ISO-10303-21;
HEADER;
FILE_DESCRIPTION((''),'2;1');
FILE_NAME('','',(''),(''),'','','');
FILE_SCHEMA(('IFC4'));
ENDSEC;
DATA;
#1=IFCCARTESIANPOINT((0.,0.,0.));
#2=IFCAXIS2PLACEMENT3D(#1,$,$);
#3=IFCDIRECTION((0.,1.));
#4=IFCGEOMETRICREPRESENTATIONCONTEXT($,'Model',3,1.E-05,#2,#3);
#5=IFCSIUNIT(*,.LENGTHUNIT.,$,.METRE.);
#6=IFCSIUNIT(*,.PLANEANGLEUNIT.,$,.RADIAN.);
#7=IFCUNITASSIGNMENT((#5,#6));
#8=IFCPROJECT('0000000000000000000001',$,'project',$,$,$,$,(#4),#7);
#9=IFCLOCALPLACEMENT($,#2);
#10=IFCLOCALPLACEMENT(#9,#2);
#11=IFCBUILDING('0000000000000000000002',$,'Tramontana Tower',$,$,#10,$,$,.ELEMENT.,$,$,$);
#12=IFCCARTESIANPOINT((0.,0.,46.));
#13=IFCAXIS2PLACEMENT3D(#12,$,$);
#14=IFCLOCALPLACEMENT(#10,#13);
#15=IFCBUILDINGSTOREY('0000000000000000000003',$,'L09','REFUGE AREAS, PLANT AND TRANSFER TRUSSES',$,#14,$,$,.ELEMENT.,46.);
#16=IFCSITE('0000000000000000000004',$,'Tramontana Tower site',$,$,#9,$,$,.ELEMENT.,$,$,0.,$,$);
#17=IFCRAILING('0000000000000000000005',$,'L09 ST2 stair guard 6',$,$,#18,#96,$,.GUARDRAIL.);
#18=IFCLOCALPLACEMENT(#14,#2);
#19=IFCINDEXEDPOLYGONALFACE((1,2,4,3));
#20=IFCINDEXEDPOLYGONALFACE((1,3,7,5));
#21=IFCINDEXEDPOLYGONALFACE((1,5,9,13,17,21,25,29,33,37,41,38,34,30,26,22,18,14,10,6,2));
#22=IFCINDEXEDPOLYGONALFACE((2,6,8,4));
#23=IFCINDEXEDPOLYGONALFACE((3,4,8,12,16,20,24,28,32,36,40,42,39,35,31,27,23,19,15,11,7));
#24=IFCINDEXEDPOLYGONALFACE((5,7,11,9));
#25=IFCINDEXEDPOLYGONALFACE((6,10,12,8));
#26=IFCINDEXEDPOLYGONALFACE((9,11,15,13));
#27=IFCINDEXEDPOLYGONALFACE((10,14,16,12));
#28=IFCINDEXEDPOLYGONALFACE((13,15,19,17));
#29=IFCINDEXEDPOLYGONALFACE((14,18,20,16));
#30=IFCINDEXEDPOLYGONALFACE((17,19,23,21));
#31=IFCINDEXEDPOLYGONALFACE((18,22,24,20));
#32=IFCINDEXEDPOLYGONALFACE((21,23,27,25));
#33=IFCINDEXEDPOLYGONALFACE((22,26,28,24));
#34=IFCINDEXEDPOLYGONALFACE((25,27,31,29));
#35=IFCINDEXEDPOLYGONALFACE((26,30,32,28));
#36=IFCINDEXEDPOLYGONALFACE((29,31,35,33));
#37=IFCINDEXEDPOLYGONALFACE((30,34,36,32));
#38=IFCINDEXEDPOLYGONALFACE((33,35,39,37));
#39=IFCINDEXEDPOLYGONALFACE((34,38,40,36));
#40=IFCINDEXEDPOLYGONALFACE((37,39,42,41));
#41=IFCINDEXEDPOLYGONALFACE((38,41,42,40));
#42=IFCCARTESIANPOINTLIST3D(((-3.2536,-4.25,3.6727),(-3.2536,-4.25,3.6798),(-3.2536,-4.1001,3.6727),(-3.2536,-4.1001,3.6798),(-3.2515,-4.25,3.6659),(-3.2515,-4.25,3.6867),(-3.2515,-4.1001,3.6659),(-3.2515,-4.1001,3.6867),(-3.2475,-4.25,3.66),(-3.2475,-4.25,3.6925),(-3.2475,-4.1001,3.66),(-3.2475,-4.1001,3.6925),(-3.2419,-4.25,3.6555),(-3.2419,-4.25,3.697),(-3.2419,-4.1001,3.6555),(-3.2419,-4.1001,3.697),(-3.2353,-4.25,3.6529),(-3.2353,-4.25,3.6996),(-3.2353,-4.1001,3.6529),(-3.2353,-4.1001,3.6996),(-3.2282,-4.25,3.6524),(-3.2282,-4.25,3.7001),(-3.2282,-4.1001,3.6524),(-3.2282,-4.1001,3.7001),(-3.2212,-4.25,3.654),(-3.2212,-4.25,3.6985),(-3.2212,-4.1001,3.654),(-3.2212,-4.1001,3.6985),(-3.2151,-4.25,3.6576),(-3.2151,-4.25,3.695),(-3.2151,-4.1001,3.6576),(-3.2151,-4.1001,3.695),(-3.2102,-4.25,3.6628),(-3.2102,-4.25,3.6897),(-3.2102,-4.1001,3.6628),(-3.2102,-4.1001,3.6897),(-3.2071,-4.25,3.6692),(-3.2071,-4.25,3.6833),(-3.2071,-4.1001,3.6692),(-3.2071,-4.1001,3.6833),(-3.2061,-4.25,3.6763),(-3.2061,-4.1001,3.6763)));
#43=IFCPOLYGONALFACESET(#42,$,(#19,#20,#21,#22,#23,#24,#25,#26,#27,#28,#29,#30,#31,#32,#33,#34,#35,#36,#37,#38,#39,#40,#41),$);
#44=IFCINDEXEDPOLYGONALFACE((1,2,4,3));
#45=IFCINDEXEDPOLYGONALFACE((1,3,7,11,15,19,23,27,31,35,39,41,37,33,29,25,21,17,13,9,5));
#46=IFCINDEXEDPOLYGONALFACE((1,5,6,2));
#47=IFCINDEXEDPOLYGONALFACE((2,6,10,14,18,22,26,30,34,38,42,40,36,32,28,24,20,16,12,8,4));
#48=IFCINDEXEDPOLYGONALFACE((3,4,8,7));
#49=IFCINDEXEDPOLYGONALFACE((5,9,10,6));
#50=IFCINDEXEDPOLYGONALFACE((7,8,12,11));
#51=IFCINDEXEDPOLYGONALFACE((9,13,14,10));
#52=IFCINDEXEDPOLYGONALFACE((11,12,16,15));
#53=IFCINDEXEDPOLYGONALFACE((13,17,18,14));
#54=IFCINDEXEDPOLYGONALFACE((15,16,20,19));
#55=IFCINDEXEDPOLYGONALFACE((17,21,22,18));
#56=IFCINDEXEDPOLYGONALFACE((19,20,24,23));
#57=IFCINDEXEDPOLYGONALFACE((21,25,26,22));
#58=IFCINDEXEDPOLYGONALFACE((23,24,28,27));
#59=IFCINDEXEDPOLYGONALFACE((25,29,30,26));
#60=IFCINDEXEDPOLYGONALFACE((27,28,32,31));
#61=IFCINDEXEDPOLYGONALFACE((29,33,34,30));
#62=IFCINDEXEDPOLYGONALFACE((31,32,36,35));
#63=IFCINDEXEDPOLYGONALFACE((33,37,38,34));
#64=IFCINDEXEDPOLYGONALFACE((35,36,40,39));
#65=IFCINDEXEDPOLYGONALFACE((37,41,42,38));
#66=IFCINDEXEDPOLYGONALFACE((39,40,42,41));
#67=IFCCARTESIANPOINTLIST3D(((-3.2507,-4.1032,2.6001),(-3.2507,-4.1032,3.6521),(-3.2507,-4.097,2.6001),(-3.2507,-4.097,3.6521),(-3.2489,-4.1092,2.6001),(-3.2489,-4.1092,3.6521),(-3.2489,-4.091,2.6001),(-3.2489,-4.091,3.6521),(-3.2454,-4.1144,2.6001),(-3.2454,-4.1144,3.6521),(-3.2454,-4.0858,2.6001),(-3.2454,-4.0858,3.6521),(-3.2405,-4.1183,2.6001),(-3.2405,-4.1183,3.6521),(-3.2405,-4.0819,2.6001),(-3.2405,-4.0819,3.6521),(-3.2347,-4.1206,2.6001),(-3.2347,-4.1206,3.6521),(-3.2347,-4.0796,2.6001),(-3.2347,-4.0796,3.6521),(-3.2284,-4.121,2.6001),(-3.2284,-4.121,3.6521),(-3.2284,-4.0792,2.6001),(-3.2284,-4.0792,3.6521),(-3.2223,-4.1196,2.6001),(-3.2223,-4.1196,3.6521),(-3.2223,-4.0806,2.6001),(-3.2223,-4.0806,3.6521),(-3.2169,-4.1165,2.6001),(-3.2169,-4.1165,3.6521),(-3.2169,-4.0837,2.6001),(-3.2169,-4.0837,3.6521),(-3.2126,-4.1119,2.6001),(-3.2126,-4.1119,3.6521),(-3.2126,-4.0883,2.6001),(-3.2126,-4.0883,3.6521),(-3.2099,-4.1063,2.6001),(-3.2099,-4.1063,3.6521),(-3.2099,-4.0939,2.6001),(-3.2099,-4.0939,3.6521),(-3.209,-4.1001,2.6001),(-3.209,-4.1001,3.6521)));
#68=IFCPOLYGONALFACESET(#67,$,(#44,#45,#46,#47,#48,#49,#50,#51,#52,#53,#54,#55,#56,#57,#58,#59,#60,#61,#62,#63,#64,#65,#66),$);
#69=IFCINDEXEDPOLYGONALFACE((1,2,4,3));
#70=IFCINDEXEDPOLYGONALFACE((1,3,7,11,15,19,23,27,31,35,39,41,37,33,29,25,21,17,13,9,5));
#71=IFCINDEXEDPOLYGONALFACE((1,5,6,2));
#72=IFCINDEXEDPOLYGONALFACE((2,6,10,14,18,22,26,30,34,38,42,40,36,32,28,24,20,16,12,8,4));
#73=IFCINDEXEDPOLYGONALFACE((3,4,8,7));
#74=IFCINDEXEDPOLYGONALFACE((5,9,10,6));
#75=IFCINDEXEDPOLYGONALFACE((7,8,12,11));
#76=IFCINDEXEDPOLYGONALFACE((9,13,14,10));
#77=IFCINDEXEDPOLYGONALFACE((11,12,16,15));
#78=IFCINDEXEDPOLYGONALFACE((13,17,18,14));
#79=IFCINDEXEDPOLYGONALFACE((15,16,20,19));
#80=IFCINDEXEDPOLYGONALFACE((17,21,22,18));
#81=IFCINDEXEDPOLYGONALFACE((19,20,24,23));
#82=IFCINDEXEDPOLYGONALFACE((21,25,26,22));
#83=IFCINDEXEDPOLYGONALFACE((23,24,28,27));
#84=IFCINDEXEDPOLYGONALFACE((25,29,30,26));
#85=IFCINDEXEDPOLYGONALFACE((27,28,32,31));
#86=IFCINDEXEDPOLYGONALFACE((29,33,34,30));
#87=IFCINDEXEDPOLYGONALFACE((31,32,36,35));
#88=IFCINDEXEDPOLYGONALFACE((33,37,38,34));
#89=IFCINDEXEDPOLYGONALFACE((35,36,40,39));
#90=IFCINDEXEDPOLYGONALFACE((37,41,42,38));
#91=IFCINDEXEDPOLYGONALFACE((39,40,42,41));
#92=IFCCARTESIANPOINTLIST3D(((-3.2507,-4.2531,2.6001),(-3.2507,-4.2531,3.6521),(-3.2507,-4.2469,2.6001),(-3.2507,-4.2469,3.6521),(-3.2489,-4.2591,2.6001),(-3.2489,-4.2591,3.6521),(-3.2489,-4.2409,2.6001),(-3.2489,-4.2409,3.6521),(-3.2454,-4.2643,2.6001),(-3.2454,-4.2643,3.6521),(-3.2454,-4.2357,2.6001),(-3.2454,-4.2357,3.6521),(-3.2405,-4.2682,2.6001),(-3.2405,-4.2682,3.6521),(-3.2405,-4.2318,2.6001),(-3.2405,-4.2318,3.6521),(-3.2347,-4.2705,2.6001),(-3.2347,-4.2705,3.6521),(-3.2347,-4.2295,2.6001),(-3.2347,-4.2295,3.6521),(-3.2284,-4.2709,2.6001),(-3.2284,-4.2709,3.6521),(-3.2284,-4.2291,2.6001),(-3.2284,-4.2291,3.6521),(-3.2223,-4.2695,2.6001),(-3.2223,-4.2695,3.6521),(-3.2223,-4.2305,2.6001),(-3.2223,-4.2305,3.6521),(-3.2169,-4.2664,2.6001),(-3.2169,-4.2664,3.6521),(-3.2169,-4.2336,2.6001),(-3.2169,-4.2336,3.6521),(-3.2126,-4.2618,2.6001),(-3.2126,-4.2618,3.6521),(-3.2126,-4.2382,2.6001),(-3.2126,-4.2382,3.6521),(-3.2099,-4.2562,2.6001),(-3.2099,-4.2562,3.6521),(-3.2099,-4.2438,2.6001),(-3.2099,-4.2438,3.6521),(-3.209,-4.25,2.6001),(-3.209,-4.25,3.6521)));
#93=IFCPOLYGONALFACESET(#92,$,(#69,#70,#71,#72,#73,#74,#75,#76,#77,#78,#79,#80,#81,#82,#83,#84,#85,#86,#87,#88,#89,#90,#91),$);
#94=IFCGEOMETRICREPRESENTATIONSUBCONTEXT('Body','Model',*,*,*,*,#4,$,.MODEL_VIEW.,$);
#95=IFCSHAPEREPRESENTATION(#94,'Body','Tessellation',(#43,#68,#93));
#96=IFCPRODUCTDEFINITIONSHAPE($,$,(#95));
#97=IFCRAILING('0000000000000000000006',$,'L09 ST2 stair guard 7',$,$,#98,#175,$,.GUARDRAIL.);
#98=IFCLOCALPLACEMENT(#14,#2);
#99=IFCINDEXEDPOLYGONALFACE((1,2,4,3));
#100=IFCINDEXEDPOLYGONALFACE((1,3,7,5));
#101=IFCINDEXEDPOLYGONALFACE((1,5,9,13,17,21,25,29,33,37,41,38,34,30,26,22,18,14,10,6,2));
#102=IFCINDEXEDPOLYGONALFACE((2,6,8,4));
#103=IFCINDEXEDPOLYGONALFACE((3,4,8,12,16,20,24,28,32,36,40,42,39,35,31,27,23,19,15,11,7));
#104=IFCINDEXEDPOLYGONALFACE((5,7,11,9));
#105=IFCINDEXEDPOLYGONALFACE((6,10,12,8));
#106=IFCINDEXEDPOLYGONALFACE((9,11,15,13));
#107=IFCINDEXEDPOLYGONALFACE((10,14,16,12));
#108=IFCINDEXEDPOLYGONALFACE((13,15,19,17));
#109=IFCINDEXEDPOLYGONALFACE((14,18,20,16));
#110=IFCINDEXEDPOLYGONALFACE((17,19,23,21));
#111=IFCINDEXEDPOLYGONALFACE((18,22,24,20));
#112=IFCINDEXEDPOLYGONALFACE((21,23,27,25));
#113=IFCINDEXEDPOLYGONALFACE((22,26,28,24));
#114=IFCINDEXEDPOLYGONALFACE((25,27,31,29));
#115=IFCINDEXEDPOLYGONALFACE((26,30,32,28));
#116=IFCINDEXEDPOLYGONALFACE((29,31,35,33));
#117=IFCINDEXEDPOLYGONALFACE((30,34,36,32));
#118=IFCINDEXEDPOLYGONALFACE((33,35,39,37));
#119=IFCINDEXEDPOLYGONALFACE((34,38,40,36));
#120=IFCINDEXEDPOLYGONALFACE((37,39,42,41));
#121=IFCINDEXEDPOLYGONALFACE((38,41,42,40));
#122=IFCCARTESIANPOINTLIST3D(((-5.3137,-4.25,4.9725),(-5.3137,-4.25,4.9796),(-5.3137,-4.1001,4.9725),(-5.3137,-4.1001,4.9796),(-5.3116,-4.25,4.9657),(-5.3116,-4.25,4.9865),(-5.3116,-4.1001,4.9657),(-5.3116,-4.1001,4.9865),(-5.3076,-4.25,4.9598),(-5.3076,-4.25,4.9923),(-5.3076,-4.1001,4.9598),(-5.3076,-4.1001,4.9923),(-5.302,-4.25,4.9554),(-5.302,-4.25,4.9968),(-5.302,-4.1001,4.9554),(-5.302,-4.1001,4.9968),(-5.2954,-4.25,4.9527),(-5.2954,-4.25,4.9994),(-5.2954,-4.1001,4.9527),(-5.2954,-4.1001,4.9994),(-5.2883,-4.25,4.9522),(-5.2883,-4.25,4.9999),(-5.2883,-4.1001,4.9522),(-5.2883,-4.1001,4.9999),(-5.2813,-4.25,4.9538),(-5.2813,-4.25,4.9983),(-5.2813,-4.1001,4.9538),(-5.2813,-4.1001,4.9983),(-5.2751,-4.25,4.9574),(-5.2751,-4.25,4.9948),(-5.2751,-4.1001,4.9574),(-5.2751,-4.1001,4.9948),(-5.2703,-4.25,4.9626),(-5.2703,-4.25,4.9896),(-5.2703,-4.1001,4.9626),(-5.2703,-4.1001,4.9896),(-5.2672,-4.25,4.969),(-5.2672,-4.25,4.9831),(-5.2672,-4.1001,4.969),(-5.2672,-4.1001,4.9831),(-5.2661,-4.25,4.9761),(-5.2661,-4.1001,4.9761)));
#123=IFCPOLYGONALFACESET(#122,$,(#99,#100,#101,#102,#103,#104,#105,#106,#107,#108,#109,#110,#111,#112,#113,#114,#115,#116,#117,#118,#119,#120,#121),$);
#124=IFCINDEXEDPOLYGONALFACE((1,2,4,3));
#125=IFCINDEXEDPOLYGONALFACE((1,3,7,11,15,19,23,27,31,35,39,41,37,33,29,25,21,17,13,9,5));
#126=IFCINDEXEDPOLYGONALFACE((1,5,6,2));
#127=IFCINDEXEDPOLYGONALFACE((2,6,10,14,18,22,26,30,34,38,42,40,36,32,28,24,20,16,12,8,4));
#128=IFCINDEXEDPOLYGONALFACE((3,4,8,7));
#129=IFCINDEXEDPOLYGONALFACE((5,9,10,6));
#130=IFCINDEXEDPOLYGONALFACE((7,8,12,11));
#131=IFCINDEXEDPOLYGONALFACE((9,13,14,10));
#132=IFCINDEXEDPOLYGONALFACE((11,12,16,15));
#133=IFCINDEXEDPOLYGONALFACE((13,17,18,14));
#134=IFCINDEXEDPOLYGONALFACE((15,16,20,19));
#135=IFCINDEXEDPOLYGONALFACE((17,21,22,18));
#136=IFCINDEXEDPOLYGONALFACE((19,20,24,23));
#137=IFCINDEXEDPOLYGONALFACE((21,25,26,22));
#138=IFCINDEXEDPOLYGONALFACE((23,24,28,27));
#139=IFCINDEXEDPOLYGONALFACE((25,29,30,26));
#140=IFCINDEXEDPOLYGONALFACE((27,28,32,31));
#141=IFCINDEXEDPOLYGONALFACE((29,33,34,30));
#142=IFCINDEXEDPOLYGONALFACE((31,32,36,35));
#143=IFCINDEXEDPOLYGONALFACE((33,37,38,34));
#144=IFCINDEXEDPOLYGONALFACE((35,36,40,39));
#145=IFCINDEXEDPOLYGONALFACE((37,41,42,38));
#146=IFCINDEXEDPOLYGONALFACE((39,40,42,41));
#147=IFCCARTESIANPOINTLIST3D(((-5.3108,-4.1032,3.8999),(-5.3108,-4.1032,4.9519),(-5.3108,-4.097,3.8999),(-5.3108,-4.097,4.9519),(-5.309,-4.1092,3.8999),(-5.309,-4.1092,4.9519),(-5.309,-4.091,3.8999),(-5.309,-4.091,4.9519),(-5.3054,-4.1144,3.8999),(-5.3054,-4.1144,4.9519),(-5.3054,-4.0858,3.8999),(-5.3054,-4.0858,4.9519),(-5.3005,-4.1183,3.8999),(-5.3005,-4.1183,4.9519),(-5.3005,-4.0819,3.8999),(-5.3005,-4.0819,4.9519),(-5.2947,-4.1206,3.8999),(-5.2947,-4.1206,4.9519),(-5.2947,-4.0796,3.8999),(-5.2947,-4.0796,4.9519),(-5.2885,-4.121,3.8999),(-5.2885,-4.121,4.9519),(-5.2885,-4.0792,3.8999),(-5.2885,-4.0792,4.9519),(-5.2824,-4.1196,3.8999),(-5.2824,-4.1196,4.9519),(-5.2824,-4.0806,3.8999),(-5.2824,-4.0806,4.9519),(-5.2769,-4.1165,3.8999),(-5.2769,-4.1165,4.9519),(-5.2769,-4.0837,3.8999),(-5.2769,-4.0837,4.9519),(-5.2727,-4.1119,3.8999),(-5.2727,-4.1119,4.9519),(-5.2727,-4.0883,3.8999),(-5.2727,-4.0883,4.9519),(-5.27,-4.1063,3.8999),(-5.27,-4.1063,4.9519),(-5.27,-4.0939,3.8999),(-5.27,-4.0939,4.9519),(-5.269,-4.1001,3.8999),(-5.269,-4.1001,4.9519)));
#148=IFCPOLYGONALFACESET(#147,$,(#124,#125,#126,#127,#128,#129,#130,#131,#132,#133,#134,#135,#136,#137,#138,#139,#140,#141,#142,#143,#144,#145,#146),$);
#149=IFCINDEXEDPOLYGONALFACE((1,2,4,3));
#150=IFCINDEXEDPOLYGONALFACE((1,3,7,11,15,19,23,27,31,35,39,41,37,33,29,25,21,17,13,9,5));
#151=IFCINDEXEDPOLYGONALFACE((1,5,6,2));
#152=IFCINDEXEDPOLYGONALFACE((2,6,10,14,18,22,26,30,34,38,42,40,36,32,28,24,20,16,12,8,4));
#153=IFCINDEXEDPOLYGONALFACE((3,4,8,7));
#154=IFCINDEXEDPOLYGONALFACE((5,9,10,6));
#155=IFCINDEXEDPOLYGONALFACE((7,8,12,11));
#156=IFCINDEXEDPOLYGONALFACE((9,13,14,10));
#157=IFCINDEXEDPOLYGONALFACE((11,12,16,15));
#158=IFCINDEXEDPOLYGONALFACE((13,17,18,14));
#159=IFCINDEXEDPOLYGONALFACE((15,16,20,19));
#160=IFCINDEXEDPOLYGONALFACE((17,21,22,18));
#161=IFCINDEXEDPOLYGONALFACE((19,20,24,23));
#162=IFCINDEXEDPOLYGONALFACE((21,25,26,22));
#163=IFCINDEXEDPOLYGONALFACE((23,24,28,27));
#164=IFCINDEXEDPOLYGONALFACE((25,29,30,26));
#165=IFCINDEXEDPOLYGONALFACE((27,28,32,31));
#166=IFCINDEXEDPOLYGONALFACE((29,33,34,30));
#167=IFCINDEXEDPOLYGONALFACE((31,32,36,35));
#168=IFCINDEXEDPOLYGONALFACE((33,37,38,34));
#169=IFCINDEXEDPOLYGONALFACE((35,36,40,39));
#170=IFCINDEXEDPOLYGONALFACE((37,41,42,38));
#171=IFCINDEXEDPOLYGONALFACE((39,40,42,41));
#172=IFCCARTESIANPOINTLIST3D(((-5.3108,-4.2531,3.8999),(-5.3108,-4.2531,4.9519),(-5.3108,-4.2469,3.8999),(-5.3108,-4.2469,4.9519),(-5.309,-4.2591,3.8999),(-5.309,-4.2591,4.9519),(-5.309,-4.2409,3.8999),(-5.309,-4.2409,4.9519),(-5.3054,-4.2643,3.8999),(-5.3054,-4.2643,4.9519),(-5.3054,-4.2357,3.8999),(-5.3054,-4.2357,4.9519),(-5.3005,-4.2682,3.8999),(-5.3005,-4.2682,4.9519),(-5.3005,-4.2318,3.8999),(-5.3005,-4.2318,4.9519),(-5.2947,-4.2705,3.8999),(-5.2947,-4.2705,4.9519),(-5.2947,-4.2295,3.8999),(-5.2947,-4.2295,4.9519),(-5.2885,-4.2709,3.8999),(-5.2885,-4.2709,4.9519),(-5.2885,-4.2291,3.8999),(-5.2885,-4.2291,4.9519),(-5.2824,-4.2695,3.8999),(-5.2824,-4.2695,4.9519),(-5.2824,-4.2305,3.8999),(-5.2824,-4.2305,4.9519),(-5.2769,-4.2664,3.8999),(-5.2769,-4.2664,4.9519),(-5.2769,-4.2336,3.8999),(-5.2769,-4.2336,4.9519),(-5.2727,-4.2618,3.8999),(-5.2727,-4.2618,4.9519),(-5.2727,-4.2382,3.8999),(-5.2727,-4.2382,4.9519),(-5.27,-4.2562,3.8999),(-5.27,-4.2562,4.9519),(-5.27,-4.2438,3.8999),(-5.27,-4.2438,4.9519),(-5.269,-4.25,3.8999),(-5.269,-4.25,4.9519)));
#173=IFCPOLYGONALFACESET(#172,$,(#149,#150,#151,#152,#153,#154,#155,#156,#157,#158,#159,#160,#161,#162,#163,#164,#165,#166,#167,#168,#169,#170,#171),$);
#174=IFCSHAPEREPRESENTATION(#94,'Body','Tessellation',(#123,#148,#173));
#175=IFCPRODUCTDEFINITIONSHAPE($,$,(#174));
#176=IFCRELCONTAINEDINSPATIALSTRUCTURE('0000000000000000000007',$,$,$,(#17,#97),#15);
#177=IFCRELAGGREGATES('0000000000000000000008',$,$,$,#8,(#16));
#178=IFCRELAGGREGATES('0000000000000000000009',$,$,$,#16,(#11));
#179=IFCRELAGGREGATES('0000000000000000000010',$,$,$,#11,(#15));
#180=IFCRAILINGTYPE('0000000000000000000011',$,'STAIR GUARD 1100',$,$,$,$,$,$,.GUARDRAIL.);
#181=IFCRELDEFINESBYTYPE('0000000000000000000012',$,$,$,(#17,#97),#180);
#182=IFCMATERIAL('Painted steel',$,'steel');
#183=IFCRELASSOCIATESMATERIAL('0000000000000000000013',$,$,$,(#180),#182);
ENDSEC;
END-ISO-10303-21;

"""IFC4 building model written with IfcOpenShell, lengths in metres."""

from ifc_helpers import new_model, si_unit, direction, frame, origin, origin_2d, place, context, subcontext, project, spatial, circle, extrude, material, type_object, element, save


model = new_model("IFC4")

# Units and contexts
model_context = context("Model", 3, precision=1e-05, world=origin(), true_north=direction((0.0, 1.0)))
body_context = subcontext(model_context, "Body", "Model", "MODEL_VIEW")
ifc_project = project(units=[si_unit("LENGTHUNIT", "METRE"), si_unit("PLANEANGLEUNIT", "RADIAN")], contexts=[model_context])

# Site, building, storey
site_placement = place(None, origin())
site = spatial("IfcSite", under=ifc_project, at=site_placement, Name="Tramontana Tower site", CompositionType="ELEMENT", RefElevation=0.0)
building_placement = place(site_placement, origin())
building = spatial("IfcBuilding", under=site, at=building_placement, Name="Tramontana Tower", CompositionType="ELEMENT")
storey_placement = place(building_placement, frame((0.0, 0.0, 46.0)))
storey = spatial("IfcBuildingStorey", under=building, at=storey_placement, Name="L09", Description="REFUGE AREAS, PLANT AND TRANSFER TRUSSES", CompositionType="ELEMENT", Elevation=46.0)

# Railings
ifc_material_1 = material(Name="Painted steel", Category="steel")
railing_type_1 = type_object("IfcRailingType", Name="STAIR GUARD 1100", PredefinedType="GUARDRAIL", material=ifc_material_1)
for number, where, name in (
    (1, (-3.23, -4.1001, 2.6001), "L09 ST2 stair guard 6"),
    (2, (-5.29, -4.1001, 3.8999), "L09 ST2 stair guard 7"),
):
    element("IfcRailing", number, at=place(storey_placement, frame(where)), inside=storey, type_object=railing_type_1, Name=name, PredefinedType="GUARDRAIL", context=body_context, shape_type="SweptSolid", body=[
        extrude(circle(Radius=0.0239, at=origin_2d()), frame((0.0, 0.0, 1.0762), z_axis=(0.0, -1.0, 0.0), x_axis=(1.0, 0.0, 0.0)), (0.0, 0.0, 1.0), 0.1499),
        extrude(circle(Radius=0.021, at=origin_2d()), origin(), (0.0, 0.0, 1.0), 1.052),
        extrude(circle(Radius=0.021, at=origin_2d()), frame((0.0, -0.1499, 0.0)), (0.0, 0.0, 1.0), 1.052),
    ])

save(model, "model.ifc")
